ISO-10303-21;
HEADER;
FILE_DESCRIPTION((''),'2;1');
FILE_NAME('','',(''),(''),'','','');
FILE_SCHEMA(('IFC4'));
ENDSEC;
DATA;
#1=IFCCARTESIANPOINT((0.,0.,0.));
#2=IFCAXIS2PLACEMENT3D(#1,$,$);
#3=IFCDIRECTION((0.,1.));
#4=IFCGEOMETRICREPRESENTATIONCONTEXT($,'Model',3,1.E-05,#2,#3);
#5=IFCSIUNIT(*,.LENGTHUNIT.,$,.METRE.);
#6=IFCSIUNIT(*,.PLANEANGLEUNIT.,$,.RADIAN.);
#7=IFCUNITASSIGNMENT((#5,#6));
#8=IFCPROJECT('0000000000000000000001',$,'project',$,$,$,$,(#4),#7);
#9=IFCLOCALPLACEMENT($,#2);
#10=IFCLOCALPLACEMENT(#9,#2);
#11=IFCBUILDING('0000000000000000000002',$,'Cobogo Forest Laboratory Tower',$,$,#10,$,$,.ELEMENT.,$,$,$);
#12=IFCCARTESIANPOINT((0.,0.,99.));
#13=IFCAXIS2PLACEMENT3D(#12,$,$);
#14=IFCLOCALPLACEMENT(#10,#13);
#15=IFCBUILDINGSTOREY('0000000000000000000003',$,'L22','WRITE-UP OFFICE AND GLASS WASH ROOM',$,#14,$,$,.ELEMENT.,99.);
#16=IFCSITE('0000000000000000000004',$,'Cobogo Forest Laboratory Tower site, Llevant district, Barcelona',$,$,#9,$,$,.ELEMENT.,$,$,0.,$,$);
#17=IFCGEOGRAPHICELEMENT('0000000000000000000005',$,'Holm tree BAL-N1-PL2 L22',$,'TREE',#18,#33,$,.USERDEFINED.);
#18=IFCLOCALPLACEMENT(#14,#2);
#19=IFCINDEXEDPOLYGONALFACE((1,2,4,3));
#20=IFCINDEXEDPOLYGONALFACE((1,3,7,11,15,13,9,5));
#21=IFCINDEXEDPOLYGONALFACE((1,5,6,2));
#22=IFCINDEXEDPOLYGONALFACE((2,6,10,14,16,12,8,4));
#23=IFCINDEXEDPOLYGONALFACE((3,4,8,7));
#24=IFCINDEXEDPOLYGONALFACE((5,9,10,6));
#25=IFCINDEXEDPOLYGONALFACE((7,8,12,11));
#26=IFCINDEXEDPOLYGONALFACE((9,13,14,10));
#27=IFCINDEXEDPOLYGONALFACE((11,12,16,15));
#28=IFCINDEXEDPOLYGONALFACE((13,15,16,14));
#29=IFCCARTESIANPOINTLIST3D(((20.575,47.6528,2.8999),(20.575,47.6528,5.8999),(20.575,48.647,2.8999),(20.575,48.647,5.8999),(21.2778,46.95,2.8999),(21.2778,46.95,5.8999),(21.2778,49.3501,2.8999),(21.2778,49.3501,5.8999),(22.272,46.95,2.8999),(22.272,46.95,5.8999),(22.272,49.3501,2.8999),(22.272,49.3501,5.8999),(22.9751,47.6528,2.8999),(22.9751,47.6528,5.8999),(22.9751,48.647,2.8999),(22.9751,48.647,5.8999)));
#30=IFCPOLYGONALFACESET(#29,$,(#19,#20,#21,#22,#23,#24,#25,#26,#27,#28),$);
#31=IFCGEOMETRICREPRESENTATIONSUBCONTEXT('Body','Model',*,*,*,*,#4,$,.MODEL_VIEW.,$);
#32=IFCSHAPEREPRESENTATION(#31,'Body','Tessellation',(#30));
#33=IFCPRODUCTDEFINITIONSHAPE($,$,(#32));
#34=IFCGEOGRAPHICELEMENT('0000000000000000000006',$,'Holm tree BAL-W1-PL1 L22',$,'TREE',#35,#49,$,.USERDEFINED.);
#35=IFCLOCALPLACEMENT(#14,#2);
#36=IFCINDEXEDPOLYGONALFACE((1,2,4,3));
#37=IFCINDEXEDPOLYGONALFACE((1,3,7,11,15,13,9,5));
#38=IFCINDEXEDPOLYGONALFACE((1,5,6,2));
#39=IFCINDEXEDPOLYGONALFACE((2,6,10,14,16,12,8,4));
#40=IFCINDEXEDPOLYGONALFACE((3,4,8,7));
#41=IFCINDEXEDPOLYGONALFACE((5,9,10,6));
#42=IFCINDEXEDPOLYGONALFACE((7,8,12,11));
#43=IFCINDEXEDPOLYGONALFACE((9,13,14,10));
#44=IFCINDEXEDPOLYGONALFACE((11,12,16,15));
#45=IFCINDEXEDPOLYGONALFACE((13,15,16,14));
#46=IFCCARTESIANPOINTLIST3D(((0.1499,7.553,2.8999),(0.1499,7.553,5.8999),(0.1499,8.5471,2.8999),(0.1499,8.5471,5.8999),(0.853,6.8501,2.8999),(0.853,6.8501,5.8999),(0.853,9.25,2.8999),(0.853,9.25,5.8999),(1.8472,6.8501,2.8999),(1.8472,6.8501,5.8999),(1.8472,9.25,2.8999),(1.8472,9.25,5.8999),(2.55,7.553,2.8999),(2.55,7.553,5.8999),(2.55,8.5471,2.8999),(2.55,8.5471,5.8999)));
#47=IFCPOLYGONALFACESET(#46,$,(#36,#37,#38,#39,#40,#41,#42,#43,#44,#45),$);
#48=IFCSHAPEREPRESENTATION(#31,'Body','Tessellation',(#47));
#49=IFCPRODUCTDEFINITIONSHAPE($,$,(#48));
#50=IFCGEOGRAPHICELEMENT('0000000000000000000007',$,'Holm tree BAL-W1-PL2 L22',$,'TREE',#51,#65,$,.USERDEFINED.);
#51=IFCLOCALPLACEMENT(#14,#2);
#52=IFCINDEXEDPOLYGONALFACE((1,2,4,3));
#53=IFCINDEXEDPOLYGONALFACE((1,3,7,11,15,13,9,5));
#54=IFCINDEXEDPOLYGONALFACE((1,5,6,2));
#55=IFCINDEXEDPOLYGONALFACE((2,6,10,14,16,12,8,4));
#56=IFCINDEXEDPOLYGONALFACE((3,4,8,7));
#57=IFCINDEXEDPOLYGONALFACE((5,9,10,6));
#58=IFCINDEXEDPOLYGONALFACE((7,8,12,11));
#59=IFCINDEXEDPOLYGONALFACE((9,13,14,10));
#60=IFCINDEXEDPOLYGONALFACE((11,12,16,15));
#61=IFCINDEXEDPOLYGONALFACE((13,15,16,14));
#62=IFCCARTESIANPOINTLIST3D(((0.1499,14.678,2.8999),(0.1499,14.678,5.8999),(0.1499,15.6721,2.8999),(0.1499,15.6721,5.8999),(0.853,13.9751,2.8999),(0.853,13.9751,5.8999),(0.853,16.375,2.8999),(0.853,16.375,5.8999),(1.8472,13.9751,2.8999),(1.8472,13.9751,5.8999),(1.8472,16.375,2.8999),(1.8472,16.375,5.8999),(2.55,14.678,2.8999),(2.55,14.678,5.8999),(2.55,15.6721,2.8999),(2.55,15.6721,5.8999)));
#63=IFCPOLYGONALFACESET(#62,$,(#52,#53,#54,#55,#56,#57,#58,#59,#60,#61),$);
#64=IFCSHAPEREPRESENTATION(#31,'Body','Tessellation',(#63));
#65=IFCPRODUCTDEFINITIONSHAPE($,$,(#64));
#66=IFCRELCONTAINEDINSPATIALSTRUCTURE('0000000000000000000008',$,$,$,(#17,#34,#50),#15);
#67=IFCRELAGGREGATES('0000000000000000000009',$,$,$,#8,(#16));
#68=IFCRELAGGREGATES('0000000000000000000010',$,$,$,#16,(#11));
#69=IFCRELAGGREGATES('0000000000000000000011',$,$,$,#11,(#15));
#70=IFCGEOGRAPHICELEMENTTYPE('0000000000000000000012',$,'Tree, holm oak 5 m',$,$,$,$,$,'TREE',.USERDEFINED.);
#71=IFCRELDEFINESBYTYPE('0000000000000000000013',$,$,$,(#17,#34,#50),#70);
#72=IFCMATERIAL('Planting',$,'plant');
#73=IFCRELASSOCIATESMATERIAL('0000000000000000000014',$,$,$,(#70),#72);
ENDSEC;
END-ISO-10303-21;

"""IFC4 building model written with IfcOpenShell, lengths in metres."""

from ifc_helpers import new_model, si_unit, direction, frame, origin, place, context, subcontext, project, spatial, polyline, outline, extrude, material, type_object, element, save


model = new_model("IFC4")

# Units and contexts
model_context = context("Model", 3, precision=1e-05, world=origin(), true_north=direction((0.0, 1.0)))
body_context = subcontext(model_context, "Body", "Model", "MODEL_VIEW")
ifc_project = project(units=[si_unit("LENGTHUNIT", "METRE"), si_unit("PLANEANGLEUNIT", "RADIAN")], contexts=[model_context])

# Site, building, storey
site_placement = place(None, origin())
site = spatial("IfcSite", under=ifc_project, at=site_placement, Name="Cobogo Forest Laboratory Tower site, Llevant district, Barcelona", CompositionType="ELEMENT", RefElevation=0.0)
building_placement = place(site_placement, origin())
building = spatial("IfcBuilding", under=site, at=building_placement, Name="Cobogo Forest Laboratory Tower", CompositionType="ELEMENT")
storey_placement = place(building_placement, frame((0.0, 0.0, 99.0)))
storey = spatial("IfcBuildingStorey", under=building, at=storey_placement, Name="L22", Description="WRITE-UP OFFICE AND GLASS WASH ROOM", CompositionType="ELEMENT", Elevation=99.0)

# Geographic elements
ifc_material_1 = material(Name="Planting", Category="plant")
geographic_element_type = type_object("IfcGeographicElementType", Name="Tree, holm oak 5 m", ElementType="TREE", PredefinedType="USERDEFINED", material=ifc_material_1)
geographic_element_1_placement = place(storey_placement, frame((0.0, 0.0, 2.8999)))
element("IfcGeographicElement", 1, at=geographic_element_1_placement, inside=storey, type_object=geographic_element_type, Name="Holm tree BAL-N1-PL2 L22", ObjectType="TREE", PredefinedType="USERDEFINED", context=body_context, shape_type="SweptSolid", body=[
    extrude(outline(polyline([(22.9751, 47.6528), (22.9751, 48.647), (22.272, 49.3501), (21.2778, 49.3501), (20.575, 48.647), (20.575, 47.6528), (21.2778, 46.95), (22.272, 46.95), (22.9751, 47.6528)])), origin(), (0.0, 0.0, 1.0), 3.0),
])
geographic_element_2_placement = place(storey_placement, frame((0.0, 0.0, 2.8999)))
element("IfcGeographicElement", 2, at=geographic_element_2_placement, inside=storey, type_object=geographic_element_type, Name="Holm tree BAL-W1-PL1 L22", ObjectType="TREE", PredefinedType="USERDEFINED", context=body_context, shape_type="SweptSolid", body=[
    extrude(outline(polyline([(2.55, 7.553), (2.55, 8.5471), (1.8472, 9.25), (0.853, 9.25), (0.1499, 8.5471), (0.1499, 7.553), (0.853, 6.8501), (1.8472, 6.8501), (2.55, 7.553)])), origin(), (0.0, 0.0, 1.0), 3.0),
])
geographic_element_3_placement = place(storey_placement, frame((0.0, 0.0, 2.8999)))
element("IfcGeographicElement", 3, at=geographic_element_3_placement, inside=storey, type_object=geographic_element_type, Name="Holm tree BAL-W1-PL2 L22", ObjectType="TREE", PredefinedType="USERDEFINED", context=body_context, shape_type="SweptSolid", body=[
    extrude(outline(polyline([(2.55, 14.678), (2.55, 15.6721), (1.8472, 16.375), (0.853, 16.375), (0.1499, 15.6721), (0.1499, 14.678), (0.853, 13.9751), (1.8472, 13.9751), (2.55, 14.678)])), origin(), (0.0, 0.0, 1.0), 3.0),
])

save(model, "model.ifc")
